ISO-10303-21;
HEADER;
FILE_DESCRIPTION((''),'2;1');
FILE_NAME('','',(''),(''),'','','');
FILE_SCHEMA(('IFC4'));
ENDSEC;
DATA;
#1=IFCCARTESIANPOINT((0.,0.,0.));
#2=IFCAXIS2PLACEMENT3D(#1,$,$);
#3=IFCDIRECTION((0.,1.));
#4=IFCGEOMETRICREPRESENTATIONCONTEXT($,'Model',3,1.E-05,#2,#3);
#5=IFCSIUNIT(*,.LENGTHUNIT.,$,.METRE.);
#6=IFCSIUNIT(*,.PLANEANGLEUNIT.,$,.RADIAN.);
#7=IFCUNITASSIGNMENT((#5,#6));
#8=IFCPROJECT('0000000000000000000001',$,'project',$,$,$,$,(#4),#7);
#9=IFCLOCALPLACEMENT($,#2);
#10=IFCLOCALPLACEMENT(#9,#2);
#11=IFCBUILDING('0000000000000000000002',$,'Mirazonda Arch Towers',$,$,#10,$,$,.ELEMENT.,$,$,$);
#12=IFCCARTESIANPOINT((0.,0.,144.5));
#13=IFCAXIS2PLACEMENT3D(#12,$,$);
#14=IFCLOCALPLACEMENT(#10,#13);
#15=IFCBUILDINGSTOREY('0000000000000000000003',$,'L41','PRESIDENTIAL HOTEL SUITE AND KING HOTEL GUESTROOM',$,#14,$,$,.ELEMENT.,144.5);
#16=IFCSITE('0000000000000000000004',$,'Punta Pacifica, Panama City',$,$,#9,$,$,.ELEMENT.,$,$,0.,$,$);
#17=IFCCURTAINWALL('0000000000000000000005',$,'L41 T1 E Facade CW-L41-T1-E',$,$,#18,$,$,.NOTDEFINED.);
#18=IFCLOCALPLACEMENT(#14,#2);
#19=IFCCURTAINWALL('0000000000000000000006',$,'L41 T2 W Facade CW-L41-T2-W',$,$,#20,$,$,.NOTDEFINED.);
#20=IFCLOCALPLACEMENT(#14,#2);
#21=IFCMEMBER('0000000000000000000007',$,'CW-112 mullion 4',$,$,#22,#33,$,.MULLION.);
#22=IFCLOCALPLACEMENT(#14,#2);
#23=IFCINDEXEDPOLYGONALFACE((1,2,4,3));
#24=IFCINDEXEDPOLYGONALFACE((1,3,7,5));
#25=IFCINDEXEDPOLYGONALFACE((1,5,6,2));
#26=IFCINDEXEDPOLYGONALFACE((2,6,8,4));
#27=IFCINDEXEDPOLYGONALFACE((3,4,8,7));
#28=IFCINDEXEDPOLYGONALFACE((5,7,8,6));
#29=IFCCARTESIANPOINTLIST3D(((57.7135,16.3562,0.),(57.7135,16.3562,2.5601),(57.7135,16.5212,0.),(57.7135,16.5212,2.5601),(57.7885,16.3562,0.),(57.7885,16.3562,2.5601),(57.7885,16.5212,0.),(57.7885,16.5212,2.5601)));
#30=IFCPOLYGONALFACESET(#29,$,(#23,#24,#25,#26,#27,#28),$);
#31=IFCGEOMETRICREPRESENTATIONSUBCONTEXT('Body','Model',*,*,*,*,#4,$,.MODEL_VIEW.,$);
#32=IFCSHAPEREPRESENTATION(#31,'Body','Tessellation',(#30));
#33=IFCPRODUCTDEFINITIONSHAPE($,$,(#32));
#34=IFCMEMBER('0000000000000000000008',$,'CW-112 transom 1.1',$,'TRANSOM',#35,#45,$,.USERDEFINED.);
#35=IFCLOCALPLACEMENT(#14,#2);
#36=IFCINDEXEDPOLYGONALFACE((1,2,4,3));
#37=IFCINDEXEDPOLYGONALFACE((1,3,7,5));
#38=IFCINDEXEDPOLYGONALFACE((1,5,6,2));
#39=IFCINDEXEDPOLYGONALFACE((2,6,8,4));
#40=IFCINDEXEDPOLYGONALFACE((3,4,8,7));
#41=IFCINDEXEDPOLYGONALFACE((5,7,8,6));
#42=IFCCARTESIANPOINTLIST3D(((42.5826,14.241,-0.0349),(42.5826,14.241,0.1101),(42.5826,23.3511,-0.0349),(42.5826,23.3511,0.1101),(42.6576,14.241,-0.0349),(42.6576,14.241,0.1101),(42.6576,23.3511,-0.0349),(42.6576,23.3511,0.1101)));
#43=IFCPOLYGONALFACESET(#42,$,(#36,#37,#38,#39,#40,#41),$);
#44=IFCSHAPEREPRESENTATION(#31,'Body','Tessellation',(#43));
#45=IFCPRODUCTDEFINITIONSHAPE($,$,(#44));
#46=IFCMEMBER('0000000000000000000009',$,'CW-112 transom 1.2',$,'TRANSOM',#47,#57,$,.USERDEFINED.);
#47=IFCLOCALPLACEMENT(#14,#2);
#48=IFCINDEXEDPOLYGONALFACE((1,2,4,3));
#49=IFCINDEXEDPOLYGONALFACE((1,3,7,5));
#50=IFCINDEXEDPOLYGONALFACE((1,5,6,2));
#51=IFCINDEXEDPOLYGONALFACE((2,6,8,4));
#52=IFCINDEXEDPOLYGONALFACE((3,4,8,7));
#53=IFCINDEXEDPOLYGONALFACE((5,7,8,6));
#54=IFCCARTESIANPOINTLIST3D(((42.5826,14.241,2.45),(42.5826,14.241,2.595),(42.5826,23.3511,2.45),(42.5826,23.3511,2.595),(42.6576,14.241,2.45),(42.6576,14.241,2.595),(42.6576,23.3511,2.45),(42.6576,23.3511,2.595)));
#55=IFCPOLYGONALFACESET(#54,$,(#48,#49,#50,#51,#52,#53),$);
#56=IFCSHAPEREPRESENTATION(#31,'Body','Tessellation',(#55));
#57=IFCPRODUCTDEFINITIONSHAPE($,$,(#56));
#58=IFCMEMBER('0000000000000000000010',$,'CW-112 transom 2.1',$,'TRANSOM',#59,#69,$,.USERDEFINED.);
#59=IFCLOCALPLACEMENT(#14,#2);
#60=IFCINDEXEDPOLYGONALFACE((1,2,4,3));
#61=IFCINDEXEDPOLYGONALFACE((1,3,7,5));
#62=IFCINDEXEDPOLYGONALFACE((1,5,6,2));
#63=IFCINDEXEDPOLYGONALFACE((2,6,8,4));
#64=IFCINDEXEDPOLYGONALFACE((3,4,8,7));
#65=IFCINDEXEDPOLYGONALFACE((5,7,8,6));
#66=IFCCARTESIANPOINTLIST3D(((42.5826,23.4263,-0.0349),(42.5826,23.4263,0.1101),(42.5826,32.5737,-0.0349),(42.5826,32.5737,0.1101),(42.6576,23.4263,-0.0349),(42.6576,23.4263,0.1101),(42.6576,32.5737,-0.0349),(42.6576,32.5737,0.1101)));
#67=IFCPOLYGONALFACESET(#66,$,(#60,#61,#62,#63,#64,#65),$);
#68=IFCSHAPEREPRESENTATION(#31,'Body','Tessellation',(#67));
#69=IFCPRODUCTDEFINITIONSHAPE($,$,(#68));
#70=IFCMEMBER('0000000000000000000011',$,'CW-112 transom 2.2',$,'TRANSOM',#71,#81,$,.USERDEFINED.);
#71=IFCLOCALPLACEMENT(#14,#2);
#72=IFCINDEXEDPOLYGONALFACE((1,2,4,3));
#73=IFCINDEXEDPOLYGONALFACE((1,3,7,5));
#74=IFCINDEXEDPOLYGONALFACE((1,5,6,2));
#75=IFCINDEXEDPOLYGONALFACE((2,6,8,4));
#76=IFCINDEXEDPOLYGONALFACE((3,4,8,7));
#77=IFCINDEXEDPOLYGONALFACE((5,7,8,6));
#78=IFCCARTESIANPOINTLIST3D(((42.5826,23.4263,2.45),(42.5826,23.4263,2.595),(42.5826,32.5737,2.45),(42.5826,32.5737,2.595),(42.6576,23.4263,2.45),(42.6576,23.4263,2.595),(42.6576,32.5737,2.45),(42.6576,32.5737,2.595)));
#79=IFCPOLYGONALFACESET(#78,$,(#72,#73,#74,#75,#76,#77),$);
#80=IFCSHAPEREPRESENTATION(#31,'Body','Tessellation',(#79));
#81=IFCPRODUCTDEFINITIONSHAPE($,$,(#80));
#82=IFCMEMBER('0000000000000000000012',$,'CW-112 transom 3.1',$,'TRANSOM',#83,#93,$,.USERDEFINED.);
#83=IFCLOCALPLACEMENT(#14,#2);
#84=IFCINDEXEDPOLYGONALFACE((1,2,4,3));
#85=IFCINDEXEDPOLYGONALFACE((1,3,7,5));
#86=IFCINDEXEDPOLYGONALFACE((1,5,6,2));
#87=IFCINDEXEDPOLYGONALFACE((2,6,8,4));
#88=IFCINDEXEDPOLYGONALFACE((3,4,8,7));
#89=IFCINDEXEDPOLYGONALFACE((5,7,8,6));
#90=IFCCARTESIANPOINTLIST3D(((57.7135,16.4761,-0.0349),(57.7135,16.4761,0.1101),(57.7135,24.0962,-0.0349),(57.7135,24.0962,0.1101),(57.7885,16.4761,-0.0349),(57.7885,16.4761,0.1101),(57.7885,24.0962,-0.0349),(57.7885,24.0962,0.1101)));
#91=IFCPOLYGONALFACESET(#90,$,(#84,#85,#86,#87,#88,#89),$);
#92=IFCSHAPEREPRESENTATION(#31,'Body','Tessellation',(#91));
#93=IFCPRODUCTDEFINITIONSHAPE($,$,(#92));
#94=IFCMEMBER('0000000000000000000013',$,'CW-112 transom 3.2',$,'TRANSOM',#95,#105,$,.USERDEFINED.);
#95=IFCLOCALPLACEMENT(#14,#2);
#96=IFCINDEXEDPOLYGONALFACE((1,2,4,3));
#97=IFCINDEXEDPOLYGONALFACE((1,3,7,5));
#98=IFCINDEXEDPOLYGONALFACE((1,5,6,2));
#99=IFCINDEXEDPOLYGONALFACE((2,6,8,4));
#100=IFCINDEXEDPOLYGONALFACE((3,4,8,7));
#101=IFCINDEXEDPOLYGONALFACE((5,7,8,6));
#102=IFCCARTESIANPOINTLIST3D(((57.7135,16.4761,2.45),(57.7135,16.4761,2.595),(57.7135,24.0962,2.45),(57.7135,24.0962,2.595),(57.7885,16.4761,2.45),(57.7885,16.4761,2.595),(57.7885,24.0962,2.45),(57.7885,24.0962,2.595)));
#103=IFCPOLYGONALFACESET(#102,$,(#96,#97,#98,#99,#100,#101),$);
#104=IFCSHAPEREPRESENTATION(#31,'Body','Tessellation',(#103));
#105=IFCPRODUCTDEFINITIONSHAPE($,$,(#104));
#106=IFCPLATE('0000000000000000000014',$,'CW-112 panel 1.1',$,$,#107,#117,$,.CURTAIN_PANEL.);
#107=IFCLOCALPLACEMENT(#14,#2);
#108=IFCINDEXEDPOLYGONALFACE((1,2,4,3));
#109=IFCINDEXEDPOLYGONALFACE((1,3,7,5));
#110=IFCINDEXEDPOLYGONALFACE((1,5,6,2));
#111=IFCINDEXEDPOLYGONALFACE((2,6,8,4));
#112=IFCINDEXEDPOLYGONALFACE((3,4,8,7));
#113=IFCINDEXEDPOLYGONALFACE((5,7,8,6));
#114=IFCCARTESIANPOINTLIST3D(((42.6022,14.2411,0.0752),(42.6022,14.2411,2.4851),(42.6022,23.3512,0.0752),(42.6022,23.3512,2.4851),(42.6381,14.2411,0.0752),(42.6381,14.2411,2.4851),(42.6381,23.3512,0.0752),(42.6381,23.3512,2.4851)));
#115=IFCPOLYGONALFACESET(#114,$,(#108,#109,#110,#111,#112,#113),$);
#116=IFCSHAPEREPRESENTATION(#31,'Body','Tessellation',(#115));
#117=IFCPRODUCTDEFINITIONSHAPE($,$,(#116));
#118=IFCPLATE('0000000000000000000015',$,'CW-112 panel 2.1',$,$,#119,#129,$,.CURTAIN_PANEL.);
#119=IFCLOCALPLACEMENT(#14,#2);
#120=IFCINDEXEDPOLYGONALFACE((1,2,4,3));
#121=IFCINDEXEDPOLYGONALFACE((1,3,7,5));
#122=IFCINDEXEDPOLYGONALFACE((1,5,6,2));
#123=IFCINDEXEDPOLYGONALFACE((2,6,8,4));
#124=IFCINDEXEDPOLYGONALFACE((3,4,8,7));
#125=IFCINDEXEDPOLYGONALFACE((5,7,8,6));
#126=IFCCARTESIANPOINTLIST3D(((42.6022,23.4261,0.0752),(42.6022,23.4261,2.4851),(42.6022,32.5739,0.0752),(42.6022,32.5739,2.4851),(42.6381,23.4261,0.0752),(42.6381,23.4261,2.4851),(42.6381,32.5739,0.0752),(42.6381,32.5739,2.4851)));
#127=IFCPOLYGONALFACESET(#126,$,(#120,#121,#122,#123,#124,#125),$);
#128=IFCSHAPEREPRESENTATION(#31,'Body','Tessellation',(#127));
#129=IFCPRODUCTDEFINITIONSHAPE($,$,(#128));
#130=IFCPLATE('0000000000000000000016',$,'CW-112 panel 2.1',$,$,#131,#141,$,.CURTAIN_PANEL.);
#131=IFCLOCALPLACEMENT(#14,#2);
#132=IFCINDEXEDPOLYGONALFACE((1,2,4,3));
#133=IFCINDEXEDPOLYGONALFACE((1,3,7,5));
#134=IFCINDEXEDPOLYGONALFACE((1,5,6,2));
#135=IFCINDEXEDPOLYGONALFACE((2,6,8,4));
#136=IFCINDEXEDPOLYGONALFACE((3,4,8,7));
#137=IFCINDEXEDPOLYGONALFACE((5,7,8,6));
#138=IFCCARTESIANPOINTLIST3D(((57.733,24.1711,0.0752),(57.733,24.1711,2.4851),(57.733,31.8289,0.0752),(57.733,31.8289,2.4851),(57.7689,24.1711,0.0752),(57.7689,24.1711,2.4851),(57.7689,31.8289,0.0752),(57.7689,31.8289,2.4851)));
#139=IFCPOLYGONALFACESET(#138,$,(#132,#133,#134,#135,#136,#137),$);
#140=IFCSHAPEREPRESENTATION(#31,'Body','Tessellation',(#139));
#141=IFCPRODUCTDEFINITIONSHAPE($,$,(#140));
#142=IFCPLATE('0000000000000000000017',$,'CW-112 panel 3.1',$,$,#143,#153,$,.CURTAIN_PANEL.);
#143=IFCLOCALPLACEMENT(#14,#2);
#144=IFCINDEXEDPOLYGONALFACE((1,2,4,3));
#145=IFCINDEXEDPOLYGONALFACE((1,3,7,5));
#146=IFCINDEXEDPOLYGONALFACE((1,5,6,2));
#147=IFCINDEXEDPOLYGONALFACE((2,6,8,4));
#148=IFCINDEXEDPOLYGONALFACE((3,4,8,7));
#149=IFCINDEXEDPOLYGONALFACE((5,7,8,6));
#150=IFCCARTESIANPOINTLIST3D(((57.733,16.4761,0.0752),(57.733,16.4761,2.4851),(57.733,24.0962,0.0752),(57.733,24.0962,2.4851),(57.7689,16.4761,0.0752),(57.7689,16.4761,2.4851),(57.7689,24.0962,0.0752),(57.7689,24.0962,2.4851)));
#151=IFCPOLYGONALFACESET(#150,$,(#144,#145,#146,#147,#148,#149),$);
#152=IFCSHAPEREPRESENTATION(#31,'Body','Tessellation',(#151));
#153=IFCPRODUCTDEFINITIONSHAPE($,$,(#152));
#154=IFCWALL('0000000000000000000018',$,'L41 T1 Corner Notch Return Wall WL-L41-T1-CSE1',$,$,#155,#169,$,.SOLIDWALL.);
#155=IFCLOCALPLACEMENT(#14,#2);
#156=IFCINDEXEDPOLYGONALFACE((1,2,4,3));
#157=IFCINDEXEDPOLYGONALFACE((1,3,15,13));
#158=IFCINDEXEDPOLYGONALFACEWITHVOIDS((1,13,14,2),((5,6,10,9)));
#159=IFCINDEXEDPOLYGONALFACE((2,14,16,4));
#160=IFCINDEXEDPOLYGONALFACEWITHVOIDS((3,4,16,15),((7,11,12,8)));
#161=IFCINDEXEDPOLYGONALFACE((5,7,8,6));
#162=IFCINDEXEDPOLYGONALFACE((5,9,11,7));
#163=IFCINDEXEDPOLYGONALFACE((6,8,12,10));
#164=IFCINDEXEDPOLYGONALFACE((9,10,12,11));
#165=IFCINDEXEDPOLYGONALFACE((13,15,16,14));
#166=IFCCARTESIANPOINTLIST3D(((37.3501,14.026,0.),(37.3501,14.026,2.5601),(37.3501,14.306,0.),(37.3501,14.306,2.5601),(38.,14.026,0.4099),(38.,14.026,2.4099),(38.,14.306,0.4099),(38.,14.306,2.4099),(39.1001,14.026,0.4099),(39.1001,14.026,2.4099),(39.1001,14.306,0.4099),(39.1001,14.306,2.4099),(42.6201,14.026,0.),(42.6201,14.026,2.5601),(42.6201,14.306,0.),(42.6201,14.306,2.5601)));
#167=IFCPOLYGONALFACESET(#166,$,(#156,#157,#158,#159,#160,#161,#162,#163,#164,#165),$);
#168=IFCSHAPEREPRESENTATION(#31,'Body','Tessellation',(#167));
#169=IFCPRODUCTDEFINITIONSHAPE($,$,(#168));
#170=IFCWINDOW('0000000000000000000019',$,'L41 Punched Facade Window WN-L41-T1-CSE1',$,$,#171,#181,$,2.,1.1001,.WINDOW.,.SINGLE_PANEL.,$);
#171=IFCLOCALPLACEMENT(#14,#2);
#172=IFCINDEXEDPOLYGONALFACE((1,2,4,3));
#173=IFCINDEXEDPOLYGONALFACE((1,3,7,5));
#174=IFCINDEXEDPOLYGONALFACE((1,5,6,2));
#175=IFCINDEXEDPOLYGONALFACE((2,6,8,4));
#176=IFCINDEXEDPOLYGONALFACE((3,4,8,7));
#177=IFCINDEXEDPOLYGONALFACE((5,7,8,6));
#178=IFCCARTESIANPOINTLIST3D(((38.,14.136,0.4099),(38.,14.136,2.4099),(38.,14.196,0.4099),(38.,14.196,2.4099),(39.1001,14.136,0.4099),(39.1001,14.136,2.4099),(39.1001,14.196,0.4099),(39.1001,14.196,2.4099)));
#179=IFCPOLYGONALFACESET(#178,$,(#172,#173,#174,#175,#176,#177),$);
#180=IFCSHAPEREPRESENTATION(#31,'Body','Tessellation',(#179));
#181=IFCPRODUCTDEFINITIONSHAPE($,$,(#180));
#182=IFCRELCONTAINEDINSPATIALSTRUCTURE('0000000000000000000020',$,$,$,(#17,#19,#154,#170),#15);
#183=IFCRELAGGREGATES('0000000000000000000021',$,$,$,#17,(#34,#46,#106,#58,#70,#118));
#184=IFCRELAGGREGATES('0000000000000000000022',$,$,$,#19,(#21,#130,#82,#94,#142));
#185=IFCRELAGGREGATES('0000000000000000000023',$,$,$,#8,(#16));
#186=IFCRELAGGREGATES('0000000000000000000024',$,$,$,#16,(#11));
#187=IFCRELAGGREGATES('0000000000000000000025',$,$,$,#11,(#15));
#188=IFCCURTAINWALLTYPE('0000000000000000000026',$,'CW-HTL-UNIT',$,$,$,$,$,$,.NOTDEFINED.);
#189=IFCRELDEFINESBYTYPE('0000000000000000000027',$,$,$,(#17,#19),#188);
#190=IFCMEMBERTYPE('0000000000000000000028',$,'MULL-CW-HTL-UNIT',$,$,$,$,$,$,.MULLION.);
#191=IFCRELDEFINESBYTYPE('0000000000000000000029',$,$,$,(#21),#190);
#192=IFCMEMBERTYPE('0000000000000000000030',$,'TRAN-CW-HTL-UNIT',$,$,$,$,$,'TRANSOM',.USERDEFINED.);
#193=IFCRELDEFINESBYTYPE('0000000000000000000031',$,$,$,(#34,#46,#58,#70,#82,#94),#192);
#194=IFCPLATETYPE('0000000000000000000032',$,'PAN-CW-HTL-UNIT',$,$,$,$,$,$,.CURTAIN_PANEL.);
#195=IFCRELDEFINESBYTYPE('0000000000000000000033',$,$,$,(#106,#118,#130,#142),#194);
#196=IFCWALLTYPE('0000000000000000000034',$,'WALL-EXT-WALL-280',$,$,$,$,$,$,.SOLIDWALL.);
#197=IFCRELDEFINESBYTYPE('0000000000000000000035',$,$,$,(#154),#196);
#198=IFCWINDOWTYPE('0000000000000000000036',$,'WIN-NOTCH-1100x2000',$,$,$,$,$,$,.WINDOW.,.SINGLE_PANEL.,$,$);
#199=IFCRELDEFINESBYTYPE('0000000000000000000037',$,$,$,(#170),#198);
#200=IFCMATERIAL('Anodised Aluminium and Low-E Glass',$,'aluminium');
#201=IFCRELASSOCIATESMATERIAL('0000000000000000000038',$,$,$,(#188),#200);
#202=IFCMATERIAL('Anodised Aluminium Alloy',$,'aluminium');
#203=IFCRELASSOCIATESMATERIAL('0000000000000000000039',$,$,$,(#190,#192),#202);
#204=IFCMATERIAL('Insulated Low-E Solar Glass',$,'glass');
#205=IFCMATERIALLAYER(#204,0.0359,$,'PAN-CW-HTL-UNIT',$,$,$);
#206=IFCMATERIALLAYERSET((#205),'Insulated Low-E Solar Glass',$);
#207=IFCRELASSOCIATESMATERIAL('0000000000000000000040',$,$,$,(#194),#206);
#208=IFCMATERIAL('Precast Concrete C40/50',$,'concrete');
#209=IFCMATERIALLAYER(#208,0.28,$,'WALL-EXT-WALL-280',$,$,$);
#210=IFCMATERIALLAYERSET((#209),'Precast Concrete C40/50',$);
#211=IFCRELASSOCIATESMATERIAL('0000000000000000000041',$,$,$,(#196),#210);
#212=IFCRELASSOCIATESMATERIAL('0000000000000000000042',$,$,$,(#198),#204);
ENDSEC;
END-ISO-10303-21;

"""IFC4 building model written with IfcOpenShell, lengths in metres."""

from ifc_helpers import new_model, si_unit, direction, frame, frame_2d, origin, origin_2d, place, context, subcontext, project, spatial, rectangle, extrude, material, layer, layer_set, material_profile, profile_set, type_object, element, fill, aggregate, save


model = new_model("IFC4")

# Units and contexts
model_context = context("Model", 3, precision=1e-05, world=origin(), true_north=direction((0.0, 1.0)))
body_context = subcontext(model_context, "Body", "Model", "MODEL_VIEW")
ifc_project = project(units=[si_unit("LENGTHUNIT", "METRE"), si_unit("PLANEANGLEUNIT", "RADIAN")], contexts=[model_context])

# Site, building, storey
site_placement = place(None, origin())
site = spatial("IfcSite", under=ifc_project, at=site_placement, Name="Punta Pacifica, Panama City", CompositionType="ELEMENT", RefElevation=0.0)
building_placement = place(site_placement, origin())
building = spatial("IfcBuilding", under=site, at=building_placement, Name="Mirazonda Arch Towers", CompositionType="ELEMENT")
storey_placement = place(building_placement, frame((0.0, 0.0, 144.5)))
storey = spatial("IfcBuildingStorey", under=building, at=storey_placement, Name="L41", Description="PRESIDENTIAL HOTEL SUITE AND KING HOTEL GUESTROOM", CompositionType="ELEMENT", Elevation=144.5)

# Curtain wall
ifc_material_1 = material(Name="Anodised Aluminium and Low-E Glass", Category="aluminium")
curtain_wall_type = type_object("IfcCurtainWallType", Name="CW-HTL-UNIT", PredefinedType="NOTDEFINED", material=ifc_material_1)
curtain_wall_1_placement = place(storey_placement, origin())
curtain_wall_1 = element("IfcCurtainWall", 1, at=curtain_wall_1_placement, inside=storey, type_object=curtain_wall_type, Name="L41 T1 E Facade CW-L41-T1-E", PredefinedType="NOTDEFINED")
ifc_material_2 = material(Name="Anodised Aluminium Alloy", Category="aluminium")
ifc_material_profile_1 = material_profile(ifc_material_2, rectangle(XDim=0.075, YDim=0.165, at=origin_2d()), Name="ALU-MULL-75x165")
ifc_profile_set_1 = profile_set([ifc_material_profile_1], Name="Anodised Aluminium Alloy")
member_type_1 = type_object("IfcMemberType", Name="MULL-CW-HTL-UNIT", PredefinedType="MULLION", material=ifc_profile_set_1)

# Curtain wall, member
curtain_wall_2_placement = place(storey_placement, origin())
curtain_wall_2 = element("IfcCurtainWall", 2, at=curtain_wall_2_placement, inside=storey, type_object=curtain_wall_type, Name="L41 T2 W Facade CW-L41-T2-W", PredefinedType="NOTDEFINED")
member_1_placement = place(storey_placement, frame((57.751, 16.4387, 0.0), z_axis=(0.0, 0.0, 1.0), x_axis=(1.0, 0.0, 0.0)))
member_1 = element("IfcMember", 3, at=member_1_placement, type_object=member_type_1, Name="CW-112 mullion 4", PredefinedType="MULLION", context=body_context, shape_type="SweptSolid", body=[
    extrude(rectangle(XDim=0.075, YDim=0.165, at=origin_2d()), origin(), (0.0, 0.0, 1.0), 2.5601),
])

# Members
ifc_material_profile_2 = material_profile(ifc_material_2, rectangle(XDim=0.075, YDim=0.145, at=origin_2d()), Name="ALU-TRAN-75x145")
ifc_profile_set_2 = profile_set([ifc_material_profile_2], Name="Anodised Aluminium Alloy")
member_type_2 = type_object("IfcMemberType", Name="TRAN-CW-HTL-UNIT", ElementType="TRANSOM", PredefinedType="USERDEFINED", material=ifc_profile_set_2)
member_2_placement = place(storey_placement, frame((42.6201, 14.241, 0.0376), z_axis=(0.0, 1.0, 0.0), x_axis=(-1.0, 0.0, 0.0)))
member_2 = element("IfcMember", 4, at=member_2_placement, type_object=member_type_2, Name="CW-112 transom 1.1", ObjectType="TRANSOM", PredefinedType="USERDEFINED", context=body_context, shape_type="SweptSolid", body=[
    extrude(rectangle(XDim=0.075, YDim=0.145, at=origin_2d()), origin(), (0.0, 0.0, 1.0), 9.1101),
])
member_3_placement = place(storey_placement, frame((42.6201, 14.241, 2.5225), z_axis=(0.0, 1.0, 0.0), x_axis=(-1.0, 0.0, 0.0)))
member_3 = element("IfcMember", 5, at=member_3_placement, type_object=member_type_2, Name="CW-112 transom 1.2", ObjectType="TRANSOM", PredefinedType="USERDEFINED", context=body_context, shape_type="SweptSolid", body=[
    extrude(rectangle(XDim=0.075, YDim=0.145, at=origin_2d()), origin(), (0.0, 0.0, 1.0), 9.1101),
])
member_4_placement = place(storey_placement, frame((42.6201, 23.4263, 0.0376), z_axis=(0.0, 1.0, 0.0), x_axis=(-1.0, 0.0, 0.0)))
member_4 = element("IfcMember", 6, at=member_4_placement, type_object=member_type_2, Name="CW-112 transom 2.1", ObjectType="TRANSOM", PredefinedType="USERDEFINED", context=body_context, shape_type="SweptSolid", body=[
    extrude(rectangle(XDim=0.075, YDim=0.145, at=origin_2d()), origin(), (0.0, 0.0, 1.0), 9.1475),
])
member_5_placement = place(storey_placement, frame((42.6201, 23.4263, 2.5225), z_axis=(0.0, 1.0, 0.0), x_axis=(-1.0, 0.0, 0.0)))
member_5 = element("IfcMember", 7, at=member_5_placement, type_object=member_type_2, Name="CW-112 transom 2.2", ObjectType="TRANSOM", PredefinedType="USERDEFINED", context=body_context, shape_type="SweptSolid", body=[
    extrude(rectangle(XDim=0.075, YDim=0.145, at=origin_2d()), origin(), (0.0, 0.0, 1.0), 9.1475),
])
member_6_placement = place(storey_placement, frame((57.751, 24.0962, 0.0376), z_axis=(0.0, -1.0, 0.0), x_axis=(1.0, 0.0, 0.0)))
member_6 = element("IfcMember", 8, at=member_6_placement, type_object=member_type_2, Name="CW-112 transom 3.1", ObjectType="TRANSOM", PredefinedType="USERDEFINED", context=body_context, shape_type="SweptSolid", body=[
    extrude(rectangle(XDim=0.075, YDim=0.145, at=origin_2d()), origin(), (0.0, 0.0, 1.0), 7.6201),
])
member_7_placement = place(storey_placement, frame((57.751, 24.0962, 2.5225), z_axis=(0.0, -1.0, 0.0), x_axis=(1.0, 0.0, 0.0)))
member_7 = element("IfcMember", 9, at=member_7_placement, type_object=member_type_2, Name="CW-112 transom 3.2", ObjectType="TRANSOM", PredefinedType="USERDEFINED", context=body_context, shape_type="SweptSolid", body=[
    extrude(rectangle(XDim=0.075, YDim=0.145, at=origin_2d()), origin(), (0.0, 0.0, 1.0), 7.6201),
])

# Plates
ifc_material_3 = material(Name="Insulated Low-E Solar Glass", Category="glass")
ifc_layer_1 = layer(ifc_material_3, 0.0359, Name="PAN-CW-HTL-UNIT")
ifc_layer_set_1 = layer_set([ifc_layer_1], Name="Insulated Low-E Solar Glass")
plate_type = type_object("IfcPlateType", Name="PAN-CW-HTL-UNIT", PredefinedType="CURTAIN_PANEL", material=ifc_layer_set_1)
plate_1_placement = place(storey_placement, frame((42.6201, 18.7961, 0.0752), z_axis=(0.0, 0.0, 1.0), x_axis=(0.0, 1.0, 0.0)))
plate_1 = element("IfcPlate", 10, at=plate_1_placement, type_object=plate_type, Name="CW-112 panel 1.1", PredefinedType="CURTAIN_PANEL", context=body_context, shape_type="SweptSolid", body=[
    extrude(rectangle(XDim=9.1101, YDim=0.0359, at=origin_2d()), origin(), (0.0, 0.0, 1.0), 2.4099),
])
plate_2_placement = place(storey_placement, frame((42.6201, 28.0, 0.0752), z_axis=(0.0, 0.0, 1.0), x_axis=(0.0, 1.0, 0.0)))
plate_2 = element("IfcPlate", 11, at=plate_2_placement, type_object=plate_type, Name="CW-112 panel 2.1", PredefinedType="CURTAIN_PANEL", context=body_context, shape_type="SweptSolid", body=[
    extrude(rectangle(XDim=9.1477, YDim=0.0359, at=origin_2d()), origin(), (0.0, 0.0, 1.0), 2.4099),
])
aggregate(curtain_wall_1, [member_2, member_3, plate_1, member_4, member_5, plate_2])
plate_3_placement = place(storey_placement, frame((57.751, 28.0, 0.0752), z_axis=(0.0, 0.0, 1.0), x_axis=(0.0, -1.0, 0.0)))
plate_3 = element("IfcPlate", 12, at=plate_3_placement, type_object=plate_type, Name="CW-112 panel 2.1", PredefinedType="CURTAIN_PANEL", context=body_context, shape_type="SweptSolid", body=[
    extrude(rectangle(XDim=7.6577, YDim=0.0359, at=origin_2d()), origin(), (0.0, 0.0, 1.0), 2.4099),
])
plate_4_placement = place(storey_placement, frame((57.751, 20.2861, 0.0752), z_axis=(0.0, 0.0, 1.0), x_axis=(0.0, -1.0, 0.0)))
plate_4 = element("IfcPlate", 13, at=plate_4_placement, type_object=plate_type, Name="CW-112 panel 3.1", PredefinedType="CURTAIN_PANEL", context=body_context, shape_type="SweptSolid", body=[
    extrude(rectangle(XDim=7.6201, YDim=0.0359, at=origin_2d()), origin(), (0.0, 0.0, 1.0), 2.4099),
])
aggregate(curtain_wall_2, [member_1, plate_3, member_6, member_7, plate_4])

# Wall, opening, window
ifc_material_4 = material(Name="Precast Concrete C40/50", Category="concrete")
ifc_layer_2 = layer(ifc_material_4, 0.28, Name="WALL-EXT-WALL-280")
ifc_layer_set_2 = layer_set([ifc_layer_2], Name="Precast Concrete C40/50")
wall_type_1 = type_object("IfcWallType", Name="WALL-EXT-WALL-280", PredefinedType="SOLIDWALL", material=ifc_layer_set_2)
wall_1_placement = place(storey_placement, frame((37.3501, 14.166, 0.0), z_axis=(0.0, 0.0, 1.0), x_axis=(1.0, 0.0, 0.0)))
wall_1 = element("IfcWall", 14, at=wall_1_placement, inside=storey, type_object=wall_type_1, Name="L41 T1 Corner Notch Return Wall WL-L41-T1-CSE1", PredefinedType="SOLIDWALL", context=body_context, shape_type="SweptSolid", body=[
    extrude(rectangle(XDim=5.27, YDim=0.28, at=frame_2d((2.635, 0.0))), origin(), (0.0, 0.0, 1.0), 2.5601),
])
opening_1_placement = place(wall_1_placement, frame((0.6499, 0.0, 0.4099)))
opening_1 = element("IfcOpeningElement", 15, at=opening_1_placement, cuts=wall_1, PredefinedType="OPENING", context=body_context, shape_type="SweptSolid", body=[
    extrude(rectangle(XDim=1.1001, YDim=2.0, at=frame_2d((0.55, 1.0))), frame((0.0, 0.1499, 0.0), z_axis=(0.0, -1.0, 0.0), x_axis=(1.0, 0.0, 0.0)), (0.0, 0.0, 1.0), 0.3),
])
window_type_1 = type_object("IfcWindowType", Name="WIN-NOTCH-1100x2000", PartitioningType="SINGLE_PANEL", PredefinedType="WINDOW", material=ifc_material_3)
window_1_placement = place(opening_1_placement, origin())
window_1 = element("IfcWindow", 16, at=window_1_placement, inside=storey, type_object=window_type_1, Name="L41 Punched Facade Window WN-L41-T1-CSE1", OverallHeight=2.0, OverallWidth=1.1001, PartitioningType="SINGLE_PANEL", PredefinedType="WINDOW", context=body_context, shape_type="SweptSolid", body=[
    extrude(rectangle(XDim=1.1001, YDim=2.0, at=frame_2d((0.55, 1.0))), frame((0.0, 0.03, 0.0), z_axis=(0.0, -1.0, 0.0), x_axis=(1.0, 0.0, 0.0)), (0.0, 0.0, 1.0), 0.0601),
])
fill(opening_1, window_1)

save(model, "model.ifc")
